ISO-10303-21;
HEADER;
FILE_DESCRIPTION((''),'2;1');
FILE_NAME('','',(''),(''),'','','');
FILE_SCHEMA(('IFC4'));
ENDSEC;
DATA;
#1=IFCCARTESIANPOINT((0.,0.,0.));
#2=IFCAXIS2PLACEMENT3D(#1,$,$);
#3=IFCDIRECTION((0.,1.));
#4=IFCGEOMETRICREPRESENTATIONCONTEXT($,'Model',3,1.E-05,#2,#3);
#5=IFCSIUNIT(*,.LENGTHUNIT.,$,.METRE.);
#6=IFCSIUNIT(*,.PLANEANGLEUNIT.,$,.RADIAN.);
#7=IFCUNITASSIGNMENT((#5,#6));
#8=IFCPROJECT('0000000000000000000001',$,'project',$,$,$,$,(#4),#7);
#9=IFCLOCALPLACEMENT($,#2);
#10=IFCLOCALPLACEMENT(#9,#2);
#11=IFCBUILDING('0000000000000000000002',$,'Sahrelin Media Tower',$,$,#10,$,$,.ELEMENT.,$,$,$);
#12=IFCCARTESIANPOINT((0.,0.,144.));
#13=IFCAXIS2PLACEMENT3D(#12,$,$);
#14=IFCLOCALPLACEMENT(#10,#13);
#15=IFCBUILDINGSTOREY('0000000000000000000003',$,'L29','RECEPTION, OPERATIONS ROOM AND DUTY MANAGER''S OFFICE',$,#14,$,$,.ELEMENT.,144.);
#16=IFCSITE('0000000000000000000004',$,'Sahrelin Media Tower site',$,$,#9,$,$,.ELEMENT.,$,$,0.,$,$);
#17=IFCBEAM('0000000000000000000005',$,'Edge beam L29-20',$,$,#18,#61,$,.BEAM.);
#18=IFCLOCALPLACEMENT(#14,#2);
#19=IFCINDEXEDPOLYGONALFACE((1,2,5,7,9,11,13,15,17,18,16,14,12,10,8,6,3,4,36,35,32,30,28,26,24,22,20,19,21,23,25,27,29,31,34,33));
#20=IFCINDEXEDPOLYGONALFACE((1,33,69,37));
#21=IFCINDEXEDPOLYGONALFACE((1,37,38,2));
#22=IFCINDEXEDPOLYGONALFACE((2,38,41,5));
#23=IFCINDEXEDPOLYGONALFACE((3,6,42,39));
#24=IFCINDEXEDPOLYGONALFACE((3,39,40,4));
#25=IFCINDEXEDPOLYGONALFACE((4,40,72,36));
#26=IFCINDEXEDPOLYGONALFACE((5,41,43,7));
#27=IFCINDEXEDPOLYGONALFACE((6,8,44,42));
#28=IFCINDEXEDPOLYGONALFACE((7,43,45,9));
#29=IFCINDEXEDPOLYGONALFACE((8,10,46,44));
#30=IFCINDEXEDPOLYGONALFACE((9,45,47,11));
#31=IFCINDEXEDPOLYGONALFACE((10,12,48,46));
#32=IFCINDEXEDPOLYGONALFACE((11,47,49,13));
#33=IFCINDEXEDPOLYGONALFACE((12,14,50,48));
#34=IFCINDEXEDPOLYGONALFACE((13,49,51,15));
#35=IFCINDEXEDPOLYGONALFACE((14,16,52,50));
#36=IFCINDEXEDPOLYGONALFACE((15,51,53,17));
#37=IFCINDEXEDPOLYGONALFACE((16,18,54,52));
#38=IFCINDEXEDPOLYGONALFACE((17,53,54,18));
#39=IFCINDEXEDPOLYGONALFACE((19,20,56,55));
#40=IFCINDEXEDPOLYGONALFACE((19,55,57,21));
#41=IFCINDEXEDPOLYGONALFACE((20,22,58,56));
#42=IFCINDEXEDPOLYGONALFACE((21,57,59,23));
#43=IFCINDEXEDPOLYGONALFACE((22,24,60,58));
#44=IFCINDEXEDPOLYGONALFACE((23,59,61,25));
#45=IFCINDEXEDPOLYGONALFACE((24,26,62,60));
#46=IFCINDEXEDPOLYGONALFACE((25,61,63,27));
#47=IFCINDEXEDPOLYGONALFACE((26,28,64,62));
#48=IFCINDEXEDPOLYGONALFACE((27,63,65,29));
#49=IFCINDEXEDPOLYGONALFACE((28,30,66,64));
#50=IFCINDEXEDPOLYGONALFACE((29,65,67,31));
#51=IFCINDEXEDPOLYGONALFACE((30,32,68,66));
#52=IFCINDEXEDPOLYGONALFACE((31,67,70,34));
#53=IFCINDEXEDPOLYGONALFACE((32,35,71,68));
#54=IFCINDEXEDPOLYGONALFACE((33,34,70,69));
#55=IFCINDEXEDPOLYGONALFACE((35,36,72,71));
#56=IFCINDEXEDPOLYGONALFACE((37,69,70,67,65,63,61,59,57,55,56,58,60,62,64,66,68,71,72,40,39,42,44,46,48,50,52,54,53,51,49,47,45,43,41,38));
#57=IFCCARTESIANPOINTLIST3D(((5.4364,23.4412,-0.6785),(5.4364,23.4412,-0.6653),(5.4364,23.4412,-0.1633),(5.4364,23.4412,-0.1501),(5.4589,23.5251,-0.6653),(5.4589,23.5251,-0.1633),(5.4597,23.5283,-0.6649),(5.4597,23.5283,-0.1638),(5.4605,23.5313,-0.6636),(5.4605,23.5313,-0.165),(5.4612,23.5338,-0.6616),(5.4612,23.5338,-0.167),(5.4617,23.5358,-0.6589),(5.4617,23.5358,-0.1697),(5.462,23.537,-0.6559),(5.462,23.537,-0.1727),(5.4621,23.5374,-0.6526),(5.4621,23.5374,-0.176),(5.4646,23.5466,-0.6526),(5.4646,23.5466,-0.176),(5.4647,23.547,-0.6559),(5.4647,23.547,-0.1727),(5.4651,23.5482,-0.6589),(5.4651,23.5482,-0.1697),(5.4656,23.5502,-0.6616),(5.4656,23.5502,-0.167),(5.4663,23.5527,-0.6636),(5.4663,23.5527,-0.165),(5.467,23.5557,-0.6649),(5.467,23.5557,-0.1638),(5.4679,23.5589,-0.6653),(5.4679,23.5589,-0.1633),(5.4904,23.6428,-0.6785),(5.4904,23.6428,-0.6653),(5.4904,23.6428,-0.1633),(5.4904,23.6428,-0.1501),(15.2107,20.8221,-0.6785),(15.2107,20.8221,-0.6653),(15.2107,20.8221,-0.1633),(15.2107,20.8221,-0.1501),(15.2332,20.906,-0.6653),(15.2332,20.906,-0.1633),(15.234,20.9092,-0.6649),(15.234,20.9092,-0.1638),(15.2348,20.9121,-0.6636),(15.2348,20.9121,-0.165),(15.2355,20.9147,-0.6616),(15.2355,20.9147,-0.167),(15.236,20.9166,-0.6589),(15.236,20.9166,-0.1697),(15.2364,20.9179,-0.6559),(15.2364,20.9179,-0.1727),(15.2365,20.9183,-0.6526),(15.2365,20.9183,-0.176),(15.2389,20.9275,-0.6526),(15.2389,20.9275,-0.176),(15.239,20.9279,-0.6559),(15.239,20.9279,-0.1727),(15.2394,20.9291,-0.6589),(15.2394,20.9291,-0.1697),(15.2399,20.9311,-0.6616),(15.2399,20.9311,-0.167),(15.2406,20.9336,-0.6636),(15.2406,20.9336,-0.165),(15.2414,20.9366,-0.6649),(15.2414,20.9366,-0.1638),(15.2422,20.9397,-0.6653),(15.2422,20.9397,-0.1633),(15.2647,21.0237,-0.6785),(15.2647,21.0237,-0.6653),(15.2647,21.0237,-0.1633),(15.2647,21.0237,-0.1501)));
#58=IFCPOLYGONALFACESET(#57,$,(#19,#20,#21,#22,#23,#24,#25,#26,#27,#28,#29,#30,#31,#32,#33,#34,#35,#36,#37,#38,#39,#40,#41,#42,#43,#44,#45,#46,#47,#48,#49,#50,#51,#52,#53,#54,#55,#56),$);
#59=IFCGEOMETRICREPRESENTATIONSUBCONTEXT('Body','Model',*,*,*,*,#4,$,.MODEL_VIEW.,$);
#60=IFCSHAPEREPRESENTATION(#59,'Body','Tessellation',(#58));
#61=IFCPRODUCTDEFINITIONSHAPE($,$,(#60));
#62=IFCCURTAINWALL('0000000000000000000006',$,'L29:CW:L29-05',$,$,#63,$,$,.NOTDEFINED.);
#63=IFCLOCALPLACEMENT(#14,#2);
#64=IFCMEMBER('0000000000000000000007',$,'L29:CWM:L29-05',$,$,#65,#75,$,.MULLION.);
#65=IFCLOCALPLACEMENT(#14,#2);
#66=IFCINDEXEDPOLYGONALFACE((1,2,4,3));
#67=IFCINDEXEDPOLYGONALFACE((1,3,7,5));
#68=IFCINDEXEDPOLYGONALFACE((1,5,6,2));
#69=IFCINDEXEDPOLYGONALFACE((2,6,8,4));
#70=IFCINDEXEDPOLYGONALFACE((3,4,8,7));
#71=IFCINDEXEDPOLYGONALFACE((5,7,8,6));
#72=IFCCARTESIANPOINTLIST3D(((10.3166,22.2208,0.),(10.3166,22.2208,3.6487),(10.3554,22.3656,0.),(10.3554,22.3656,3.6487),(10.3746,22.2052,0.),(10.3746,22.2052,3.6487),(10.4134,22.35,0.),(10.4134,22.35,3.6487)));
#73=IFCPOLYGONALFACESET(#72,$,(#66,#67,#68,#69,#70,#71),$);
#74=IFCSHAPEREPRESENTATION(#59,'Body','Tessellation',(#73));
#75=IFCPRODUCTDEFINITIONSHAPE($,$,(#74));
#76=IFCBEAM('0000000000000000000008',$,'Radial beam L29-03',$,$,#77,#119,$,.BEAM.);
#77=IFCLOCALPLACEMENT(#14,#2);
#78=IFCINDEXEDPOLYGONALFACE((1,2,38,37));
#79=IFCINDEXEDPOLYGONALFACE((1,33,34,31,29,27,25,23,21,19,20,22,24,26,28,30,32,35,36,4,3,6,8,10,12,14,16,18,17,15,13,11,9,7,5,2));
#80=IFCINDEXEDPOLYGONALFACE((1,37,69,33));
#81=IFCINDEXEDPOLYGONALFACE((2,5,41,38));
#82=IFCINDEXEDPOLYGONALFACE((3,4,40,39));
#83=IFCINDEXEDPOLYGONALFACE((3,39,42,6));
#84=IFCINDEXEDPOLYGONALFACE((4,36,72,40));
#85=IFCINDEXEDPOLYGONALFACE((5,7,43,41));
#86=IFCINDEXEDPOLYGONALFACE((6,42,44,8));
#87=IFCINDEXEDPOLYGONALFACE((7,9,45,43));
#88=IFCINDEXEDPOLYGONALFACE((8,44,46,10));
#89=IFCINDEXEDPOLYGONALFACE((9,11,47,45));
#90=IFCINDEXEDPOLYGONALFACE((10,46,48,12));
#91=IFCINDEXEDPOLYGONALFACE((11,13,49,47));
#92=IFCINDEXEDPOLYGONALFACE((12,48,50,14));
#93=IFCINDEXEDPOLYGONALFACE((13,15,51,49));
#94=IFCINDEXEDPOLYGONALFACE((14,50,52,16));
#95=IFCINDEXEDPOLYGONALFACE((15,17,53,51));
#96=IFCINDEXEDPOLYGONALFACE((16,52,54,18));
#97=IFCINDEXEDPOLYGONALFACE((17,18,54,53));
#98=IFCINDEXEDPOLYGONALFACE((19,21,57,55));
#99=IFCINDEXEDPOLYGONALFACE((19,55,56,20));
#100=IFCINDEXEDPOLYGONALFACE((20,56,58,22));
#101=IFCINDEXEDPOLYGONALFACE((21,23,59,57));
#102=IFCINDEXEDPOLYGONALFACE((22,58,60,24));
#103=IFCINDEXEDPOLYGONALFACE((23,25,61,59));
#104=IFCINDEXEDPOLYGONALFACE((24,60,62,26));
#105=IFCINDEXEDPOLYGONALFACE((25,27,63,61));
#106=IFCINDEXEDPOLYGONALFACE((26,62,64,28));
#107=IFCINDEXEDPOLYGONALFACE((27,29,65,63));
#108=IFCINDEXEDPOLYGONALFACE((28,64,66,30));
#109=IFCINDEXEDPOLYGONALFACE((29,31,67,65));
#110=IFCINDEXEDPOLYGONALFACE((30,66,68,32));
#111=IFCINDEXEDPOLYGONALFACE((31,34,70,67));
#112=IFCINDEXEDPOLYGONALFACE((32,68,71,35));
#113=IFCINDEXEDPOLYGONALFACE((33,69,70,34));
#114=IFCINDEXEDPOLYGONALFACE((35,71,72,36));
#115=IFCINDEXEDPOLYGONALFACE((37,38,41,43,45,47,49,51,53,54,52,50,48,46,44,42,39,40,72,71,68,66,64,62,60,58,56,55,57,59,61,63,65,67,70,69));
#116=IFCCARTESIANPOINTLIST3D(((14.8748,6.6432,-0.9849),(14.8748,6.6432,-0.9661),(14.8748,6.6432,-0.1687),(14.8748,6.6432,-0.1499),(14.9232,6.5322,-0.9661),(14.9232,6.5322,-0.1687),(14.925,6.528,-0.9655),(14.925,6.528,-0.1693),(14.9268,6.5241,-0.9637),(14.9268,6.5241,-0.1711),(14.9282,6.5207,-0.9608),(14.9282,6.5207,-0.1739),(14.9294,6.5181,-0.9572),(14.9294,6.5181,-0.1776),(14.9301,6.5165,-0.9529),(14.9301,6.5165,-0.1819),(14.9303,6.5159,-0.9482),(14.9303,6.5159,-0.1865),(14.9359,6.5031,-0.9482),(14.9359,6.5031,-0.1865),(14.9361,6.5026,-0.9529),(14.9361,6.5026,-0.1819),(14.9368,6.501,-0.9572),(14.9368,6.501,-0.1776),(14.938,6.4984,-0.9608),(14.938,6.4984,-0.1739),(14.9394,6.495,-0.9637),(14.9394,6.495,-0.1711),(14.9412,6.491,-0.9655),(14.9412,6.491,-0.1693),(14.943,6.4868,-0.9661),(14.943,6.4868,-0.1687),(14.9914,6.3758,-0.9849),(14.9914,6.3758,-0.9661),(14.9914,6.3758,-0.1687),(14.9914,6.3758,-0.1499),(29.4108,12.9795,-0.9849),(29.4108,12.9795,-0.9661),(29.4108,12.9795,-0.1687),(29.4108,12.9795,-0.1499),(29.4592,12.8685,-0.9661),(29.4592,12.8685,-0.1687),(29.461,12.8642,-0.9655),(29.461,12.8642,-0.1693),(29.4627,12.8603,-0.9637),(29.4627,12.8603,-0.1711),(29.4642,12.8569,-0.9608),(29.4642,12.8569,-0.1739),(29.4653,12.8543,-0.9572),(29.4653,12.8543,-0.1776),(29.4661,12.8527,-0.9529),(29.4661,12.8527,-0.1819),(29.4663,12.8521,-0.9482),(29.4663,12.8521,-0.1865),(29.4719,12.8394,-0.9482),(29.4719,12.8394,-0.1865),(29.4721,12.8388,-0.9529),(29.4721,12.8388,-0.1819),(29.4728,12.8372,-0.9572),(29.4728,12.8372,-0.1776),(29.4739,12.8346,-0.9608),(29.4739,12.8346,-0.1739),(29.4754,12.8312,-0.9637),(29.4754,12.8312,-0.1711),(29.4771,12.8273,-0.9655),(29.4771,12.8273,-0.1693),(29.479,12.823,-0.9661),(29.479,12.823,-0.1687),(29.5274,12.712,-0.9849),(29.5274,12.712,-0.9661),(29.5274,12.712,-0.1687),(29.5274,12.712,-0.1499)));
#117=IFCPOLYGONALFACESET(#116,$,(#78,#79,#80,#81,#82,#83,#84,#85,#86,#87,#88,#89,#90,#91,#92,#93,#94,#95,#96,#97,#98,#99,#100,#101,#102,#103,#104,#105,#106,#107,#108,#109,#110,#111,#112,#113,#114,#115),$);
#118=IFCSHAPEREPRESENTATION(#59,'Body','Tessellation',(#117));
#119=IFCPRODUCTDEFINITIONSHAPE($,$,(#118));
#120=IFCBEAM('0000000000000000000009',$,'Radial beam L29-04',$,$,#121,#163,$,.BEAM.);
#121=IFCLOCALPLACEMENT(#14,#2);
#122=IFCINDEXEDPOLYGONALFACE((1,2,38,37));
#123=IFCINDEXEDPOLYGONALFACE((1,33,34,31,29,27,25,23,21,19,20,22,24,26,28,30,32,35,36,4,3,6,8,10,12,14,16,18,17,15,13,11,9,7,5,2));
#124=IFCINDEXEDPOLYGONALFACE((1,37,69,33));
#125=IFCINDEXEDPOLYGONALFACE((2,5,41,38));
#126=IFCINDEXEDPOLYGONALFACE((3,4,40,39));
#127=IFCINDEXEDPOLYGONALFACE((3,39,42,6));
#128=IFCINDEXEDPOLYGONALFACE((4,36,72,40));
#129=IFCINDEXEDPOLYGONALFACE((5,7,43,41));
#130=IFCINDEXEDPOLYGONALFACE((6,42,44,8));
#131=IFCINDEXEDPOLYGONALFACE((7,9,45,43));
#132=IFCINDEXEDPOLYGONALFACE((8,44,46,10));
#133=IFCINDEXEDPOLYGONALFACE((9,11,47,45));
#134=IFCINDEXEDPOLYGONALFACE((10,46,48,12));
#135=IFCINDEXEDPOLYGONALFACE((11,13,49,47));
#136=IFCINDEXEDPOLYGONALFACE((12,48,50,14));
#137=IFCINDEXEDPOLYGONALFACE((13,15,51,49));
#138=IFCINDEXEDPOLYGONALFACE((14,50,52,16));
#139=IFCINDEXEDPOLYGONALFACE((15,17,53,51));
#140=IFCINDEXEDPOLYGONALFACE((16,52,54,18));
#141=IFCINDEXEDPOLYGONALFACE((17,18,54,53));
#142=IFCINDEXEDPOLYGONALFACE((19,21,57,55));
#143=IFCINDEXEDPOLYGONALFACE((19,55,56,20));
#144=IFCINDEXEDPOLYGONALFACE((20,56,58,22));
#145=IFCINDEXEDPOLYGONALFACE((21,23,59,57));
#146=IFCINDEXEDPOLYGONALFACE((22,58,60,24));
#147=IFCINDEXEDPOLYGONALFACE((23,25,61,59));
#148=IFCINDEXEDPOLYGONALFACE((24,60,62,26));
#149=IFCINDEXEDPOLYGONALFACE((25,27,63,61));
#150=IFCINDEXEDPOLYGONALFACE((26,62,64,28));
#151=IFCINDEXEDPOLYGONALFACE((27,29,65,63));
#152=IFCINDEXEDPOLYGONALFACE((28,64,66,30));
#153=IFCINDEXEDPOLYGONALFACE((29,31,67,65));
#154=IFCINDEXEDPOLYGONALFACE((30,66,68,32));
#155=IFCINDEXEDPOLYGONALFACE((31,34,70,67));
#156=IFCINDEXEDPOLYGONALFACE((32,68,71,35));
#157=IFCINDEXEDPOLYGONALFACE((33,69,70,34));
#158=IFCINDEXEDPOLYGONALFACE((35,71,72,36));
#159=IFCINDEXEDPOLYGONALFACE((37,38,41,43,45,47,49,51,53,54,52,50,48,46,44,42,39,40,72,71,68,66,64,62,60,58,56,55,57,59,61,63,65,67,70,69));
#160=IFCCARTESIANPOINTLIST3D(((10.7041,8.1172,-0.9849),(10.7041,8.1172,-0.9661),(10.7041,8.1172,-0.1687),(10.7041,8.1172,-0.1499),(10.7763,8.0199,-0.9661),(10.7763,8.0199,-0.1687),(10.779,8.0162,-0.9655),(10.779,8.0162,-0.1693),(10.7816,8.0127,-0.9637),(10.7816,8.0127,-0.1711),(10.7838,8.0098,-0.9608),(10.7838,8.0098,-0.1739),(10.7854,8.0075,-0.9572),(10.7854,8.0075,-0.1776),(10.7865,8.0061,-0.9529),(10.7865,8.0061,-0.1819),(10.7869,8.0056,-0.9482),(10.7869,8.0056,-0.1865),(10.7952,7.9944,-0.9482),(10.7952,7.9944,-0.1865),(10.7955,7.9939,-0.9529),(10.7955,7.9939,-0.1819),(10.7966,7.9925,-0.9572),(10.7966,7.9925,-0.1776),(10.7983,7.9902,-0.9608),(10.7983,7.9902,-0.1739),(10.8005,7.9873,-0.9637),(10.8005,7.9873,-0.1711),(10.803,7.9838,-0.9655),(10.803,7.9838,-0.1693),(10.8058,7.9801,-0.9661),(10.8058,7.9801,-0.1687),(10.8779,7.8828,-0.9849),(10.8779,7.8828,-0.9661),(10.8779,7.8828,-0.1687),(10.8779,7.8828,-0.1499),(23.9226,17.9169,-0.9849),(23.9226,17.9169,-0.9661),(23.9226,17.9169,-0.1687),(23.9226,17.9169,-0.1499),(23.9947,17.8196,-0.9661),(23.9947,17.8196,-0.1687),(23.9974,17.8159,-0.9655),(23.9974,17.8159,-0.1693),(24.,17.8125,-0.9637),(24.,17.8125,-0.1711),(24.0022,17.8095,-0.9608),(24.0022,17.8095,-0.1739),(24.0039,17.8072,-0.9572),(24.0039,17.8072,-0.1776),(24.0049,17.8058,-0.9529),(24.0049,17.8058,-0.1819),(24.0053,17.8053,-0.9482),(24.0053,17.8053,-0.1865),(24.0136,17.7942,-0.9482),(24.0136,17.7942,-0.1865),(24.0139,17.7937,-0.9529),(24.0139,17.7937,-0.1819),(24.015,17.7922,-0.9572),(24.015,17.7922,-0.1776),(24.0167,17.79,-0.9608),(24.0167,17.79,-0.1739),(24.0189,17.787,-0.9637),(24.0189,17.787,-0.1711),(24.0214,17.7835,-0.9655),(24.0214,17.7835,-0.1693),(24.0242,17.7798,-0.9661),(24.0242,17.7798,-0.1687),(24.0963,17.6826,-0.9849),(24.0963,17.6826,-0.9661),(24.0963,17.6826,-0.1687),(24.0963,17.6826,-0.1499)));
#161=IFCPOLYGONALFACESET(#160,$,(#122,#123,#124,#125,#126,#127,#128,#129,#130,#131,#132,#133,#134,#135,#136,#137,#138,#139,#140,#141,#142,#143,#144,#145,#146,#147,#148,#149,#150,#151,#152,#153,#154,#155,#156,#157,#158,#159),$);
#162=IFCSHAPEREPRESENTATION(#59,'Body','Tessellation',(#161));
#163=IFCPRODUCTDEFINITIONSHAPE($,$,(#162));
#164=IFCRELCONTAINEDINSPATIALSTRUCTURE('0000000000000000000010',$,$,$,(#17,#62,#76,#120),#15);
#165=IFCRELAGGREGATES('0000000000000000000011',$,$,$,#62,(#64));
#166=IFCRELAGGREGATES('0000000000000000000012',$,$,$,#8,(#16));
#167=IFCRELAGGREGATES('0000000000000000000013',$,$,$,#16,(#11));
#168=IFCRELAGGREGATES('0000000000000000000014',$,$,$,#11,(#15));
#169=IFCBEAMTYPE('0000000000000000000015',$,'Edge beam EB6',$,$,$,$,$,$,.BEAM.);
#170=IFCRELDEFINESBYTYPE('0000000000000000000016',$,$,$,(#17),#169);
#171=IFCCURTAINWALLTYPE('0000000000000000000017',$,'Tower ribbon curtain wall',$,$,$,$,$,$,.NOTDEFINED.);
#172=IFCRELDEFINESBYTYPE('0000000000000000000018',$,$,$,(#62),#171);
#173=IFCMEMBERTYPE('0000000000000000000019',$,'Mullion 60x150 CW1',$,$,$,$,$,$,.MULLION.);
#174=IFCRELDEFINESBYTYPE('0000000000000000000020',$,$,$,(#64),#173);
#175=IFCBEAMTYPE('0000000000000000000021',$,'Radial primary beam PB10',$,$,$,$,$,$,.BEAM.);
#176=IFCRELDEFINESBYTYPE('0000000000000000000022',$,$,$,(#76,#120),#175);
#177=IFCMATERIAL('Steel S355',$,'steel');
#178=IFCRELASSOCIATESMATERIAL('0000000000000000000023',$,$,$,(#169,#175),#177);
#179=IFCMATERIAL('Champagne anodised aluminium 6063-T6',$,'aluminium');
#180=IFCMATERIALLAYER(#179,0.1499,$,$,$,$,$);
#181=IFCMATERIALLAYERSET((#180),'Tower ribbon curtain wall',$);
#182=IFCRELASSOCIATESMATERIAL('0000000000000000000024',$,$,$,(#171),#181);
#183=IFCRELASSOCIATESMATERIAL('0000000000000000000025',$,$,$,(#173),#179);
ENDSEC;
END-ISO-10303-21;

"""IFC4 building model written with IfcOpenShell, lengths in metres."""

from ifc_helpers import new_model, si_unit, direction, frame, origin, origin_2d, place, context, subcontext, project, spatial, rectangle, i_section, extrude, material, layer, layer_set, material_profile, profile_set, type_object, element, aggregate, save


model = new_model("IFC4")

# Units and contexts
model_context = context("Model", 3, precision=1e-05, world=origin(), true_north=direction((0.0, 1.0)))
body_context = subcontext(model_context, "Body", "Model", "MODEL_VIEW")
ifc_project = project(units=[si_unit("LENGTHUNIT", "METRE"), si_unit("PLANEANGLEUNIT", "RADIAN")], contexts=[model_context])

# Site, building, storey
site_placement = place(None, origin())
site = spatial("IfcSite", under=ifc_project, at=site_placement, Name="Sahrelin Media Tower site", CompositionType="ELEMENT", RefElevation=0.0)
building_placement = place(site_placement, origin())
building = spatial("IfcBuilding", under=site, at=building_placement, Name="Sahrelin Media Tower", CompositionType="ELEMENT")
storey_placement = place(building_placement, frame((0.0, 0.0, 144.0)))
storey = spatial("IfcBuildingStorey", under=building, at=storey_placement, Name="L29", Description="RECEPTION, OPERATIONS ROOM AND DUTY MANAGER'S OFFICE", CompositionType="ELEMENT", Elevation=144.0)

# Beam
ifc_material_1 = material(Name="Steel S355", Category="steel")
ifc_material_profile_1 = material_profile(ifc_material_1, i_section(OverallWidth=0.2087, OverallDepth=0.5283, WebThickness=0.0095, FlangeThickness=0.0132, FilletRadius=0.0127, at=origin_2d()), Name="UB 533x210x82")
ifc_profile_set_1 = profile_set([ifc_material_profile_1], Name="Steel S355")
beam_type_1 = type_object("IfcBeamType", Name="Edge beam EB6", PredefinedType="BEAM", material=ifc_profile_set_1)
beam_1_placement = place(storey_placement, frame((5.4634, 23.542, -0.4143), z_axis=(0.965923, -0.258828, 0.0), x_axis=(0.258828, 0.965923, 0.0)))
element("IfcBeam", 1, at=beam_1_placement, inside=storey, type_object=beam_type_1, Name="Edge beam L29-20", PredefinedType="BEAM", context=body_context, shape_type="SweptSolid", body=[
    extrude(i_section(OverallWidth=0.2087, OverallDepth=0.5283, WebThickness=0.0095, FlangeThickness=0.0132, FilletRadius=0.0127, at=origin_2d()), origin(), (0.0, 0.0, 1.0), 10.1191),
])

# Curtain wall, member
ifc_material_2 = material(Name="Champagne anodised aluminium 6063-T6", Category="aluminium")
ifc_layer_1 = layer(ifc_material_2, 0.1499)
ifc_layer_set_1 = layer_set([ifc_layer_1], Name="Tower ribbon curtain wall")
curtain_wall_type = type_object("IfcCurtainWallType", Name="Tower ribbon curtain wall", PredefinedType="NOTDEFINED", material=ifc_layer_set_1)
curtain_wall_1_placement = place(storey_placement, frame((10.3894, 22.3772, 0.0), z_axis=(0.0, 0.0, 1.0), x_axis=(1.0, 0.0, 0.0)))
curtain_wall_1 = element("IfcCurtainWall", 2, at=curtain_wall_1_placement, inside=storey, type_object=curtain_wall_type, Name="L29:CW:L29-05", PredefinedType="NOTDEFINED")
ifc_material_profile_2 = material_profile(ifc_material_2, rectangle(XDim=0.0601, YDim=0.1499, at=origin_2d()), Name="Mullion 60x150")
ifc_profile_set_2 = profile_set([ifc_material_profile_2], Name="Champagne anodised aluminium 6063-T6")
member_type_1 = type_object("IfcMemberType", Name="Mullion 60x150 CW1", PredefinedType="MULLION", material=ifc_profile_set_2)
member_1_placement = place(storey_placement, frame((10.365, 22.2854, 0.0), z_axis=(0.0, 0.0, 1.0), x_axis=(-0.965926, 0.258819, 0.0)))
member_1 = element("IfcMember", 3, at=member_1_placement, type_object=member_type_1, Name="L29:CWM:L29-05", PredefinedType="MULLION", context=body_context, shape_type="SweptSolid", body=[
    extrude(rectangle(XDim=0.0601, YDim=0.1499, at=origin_2d()), origin(), (0.0, 0.0, 1.0), 3.6487),
])
aggregate(curtain_wall_1, [member_1])

# Beams
ifc_material_profile_3 = material_profile(ifc_material_1, i_section(OverallWidth=0.2917, OverallDepth=0.835, WebThickness=0.0139, FlangeThickness=0.0188, FilletRadius=0.0178, at=origin_2d()), Name="UB 838x292x176")
ifc_profile_set_3 = profile_set([ifc_material_profile_3], Name="Steel S355")
beam_type_2 = type_object("IfcBeamType", Name="Radial primary beam PB10", PredefinedType="BEAM", material=ifc_profile_set_3)
beam_2_placement = place(storey_placement, frame((14.9331, 6.5095, -0.5674), z_axis=(0.916695, 0.399587, 0.0), x_axis=(-0.399587, 0.916695, 0.0)))
element("IfcBeam", 4, at=beam_2_placement, inside=storey, type_object=beam_type_2, Name="Radial beam L29-03", PredefinedType="BEAM", context=body_context, shape_type="SweptSolid", body=[
    extrude(i_section(OverallWidth=0.2917, OverallDepth=0.835, WebThickness=0.0139, FlangeThickness=0.0188, FilletRadius=0.0178, at=origin_2d()), origin(), (0.0, 0.0, 1.0), 15.8569),
])
beam_3_placement = place(storey_placement, frame((10.791, 8.0, -0.5674), z_axis=(0.803315, 0.595554, 0.0), x_axis=(-0.595554, 0.803315, 0.0)))
element("IfcBeam", 5, at=beam_3_placement, inside=storey, type_object=beam_type_2, Name="Radial beam L29-04", PredefinedType="BEAM", context=body_context, shape_type="SweptSolid", body=[
    extrude(i_section(OverallWidth=0.2917, OverallDepth=0.835, WebThickness=0.0139, FlangeThickness=0.0188, FilletRadius=0.0178, at=origin_2d()), origin(), (0.0, 0.0, 1.0), 16.4548),
])

save(model, "model.ifc")
